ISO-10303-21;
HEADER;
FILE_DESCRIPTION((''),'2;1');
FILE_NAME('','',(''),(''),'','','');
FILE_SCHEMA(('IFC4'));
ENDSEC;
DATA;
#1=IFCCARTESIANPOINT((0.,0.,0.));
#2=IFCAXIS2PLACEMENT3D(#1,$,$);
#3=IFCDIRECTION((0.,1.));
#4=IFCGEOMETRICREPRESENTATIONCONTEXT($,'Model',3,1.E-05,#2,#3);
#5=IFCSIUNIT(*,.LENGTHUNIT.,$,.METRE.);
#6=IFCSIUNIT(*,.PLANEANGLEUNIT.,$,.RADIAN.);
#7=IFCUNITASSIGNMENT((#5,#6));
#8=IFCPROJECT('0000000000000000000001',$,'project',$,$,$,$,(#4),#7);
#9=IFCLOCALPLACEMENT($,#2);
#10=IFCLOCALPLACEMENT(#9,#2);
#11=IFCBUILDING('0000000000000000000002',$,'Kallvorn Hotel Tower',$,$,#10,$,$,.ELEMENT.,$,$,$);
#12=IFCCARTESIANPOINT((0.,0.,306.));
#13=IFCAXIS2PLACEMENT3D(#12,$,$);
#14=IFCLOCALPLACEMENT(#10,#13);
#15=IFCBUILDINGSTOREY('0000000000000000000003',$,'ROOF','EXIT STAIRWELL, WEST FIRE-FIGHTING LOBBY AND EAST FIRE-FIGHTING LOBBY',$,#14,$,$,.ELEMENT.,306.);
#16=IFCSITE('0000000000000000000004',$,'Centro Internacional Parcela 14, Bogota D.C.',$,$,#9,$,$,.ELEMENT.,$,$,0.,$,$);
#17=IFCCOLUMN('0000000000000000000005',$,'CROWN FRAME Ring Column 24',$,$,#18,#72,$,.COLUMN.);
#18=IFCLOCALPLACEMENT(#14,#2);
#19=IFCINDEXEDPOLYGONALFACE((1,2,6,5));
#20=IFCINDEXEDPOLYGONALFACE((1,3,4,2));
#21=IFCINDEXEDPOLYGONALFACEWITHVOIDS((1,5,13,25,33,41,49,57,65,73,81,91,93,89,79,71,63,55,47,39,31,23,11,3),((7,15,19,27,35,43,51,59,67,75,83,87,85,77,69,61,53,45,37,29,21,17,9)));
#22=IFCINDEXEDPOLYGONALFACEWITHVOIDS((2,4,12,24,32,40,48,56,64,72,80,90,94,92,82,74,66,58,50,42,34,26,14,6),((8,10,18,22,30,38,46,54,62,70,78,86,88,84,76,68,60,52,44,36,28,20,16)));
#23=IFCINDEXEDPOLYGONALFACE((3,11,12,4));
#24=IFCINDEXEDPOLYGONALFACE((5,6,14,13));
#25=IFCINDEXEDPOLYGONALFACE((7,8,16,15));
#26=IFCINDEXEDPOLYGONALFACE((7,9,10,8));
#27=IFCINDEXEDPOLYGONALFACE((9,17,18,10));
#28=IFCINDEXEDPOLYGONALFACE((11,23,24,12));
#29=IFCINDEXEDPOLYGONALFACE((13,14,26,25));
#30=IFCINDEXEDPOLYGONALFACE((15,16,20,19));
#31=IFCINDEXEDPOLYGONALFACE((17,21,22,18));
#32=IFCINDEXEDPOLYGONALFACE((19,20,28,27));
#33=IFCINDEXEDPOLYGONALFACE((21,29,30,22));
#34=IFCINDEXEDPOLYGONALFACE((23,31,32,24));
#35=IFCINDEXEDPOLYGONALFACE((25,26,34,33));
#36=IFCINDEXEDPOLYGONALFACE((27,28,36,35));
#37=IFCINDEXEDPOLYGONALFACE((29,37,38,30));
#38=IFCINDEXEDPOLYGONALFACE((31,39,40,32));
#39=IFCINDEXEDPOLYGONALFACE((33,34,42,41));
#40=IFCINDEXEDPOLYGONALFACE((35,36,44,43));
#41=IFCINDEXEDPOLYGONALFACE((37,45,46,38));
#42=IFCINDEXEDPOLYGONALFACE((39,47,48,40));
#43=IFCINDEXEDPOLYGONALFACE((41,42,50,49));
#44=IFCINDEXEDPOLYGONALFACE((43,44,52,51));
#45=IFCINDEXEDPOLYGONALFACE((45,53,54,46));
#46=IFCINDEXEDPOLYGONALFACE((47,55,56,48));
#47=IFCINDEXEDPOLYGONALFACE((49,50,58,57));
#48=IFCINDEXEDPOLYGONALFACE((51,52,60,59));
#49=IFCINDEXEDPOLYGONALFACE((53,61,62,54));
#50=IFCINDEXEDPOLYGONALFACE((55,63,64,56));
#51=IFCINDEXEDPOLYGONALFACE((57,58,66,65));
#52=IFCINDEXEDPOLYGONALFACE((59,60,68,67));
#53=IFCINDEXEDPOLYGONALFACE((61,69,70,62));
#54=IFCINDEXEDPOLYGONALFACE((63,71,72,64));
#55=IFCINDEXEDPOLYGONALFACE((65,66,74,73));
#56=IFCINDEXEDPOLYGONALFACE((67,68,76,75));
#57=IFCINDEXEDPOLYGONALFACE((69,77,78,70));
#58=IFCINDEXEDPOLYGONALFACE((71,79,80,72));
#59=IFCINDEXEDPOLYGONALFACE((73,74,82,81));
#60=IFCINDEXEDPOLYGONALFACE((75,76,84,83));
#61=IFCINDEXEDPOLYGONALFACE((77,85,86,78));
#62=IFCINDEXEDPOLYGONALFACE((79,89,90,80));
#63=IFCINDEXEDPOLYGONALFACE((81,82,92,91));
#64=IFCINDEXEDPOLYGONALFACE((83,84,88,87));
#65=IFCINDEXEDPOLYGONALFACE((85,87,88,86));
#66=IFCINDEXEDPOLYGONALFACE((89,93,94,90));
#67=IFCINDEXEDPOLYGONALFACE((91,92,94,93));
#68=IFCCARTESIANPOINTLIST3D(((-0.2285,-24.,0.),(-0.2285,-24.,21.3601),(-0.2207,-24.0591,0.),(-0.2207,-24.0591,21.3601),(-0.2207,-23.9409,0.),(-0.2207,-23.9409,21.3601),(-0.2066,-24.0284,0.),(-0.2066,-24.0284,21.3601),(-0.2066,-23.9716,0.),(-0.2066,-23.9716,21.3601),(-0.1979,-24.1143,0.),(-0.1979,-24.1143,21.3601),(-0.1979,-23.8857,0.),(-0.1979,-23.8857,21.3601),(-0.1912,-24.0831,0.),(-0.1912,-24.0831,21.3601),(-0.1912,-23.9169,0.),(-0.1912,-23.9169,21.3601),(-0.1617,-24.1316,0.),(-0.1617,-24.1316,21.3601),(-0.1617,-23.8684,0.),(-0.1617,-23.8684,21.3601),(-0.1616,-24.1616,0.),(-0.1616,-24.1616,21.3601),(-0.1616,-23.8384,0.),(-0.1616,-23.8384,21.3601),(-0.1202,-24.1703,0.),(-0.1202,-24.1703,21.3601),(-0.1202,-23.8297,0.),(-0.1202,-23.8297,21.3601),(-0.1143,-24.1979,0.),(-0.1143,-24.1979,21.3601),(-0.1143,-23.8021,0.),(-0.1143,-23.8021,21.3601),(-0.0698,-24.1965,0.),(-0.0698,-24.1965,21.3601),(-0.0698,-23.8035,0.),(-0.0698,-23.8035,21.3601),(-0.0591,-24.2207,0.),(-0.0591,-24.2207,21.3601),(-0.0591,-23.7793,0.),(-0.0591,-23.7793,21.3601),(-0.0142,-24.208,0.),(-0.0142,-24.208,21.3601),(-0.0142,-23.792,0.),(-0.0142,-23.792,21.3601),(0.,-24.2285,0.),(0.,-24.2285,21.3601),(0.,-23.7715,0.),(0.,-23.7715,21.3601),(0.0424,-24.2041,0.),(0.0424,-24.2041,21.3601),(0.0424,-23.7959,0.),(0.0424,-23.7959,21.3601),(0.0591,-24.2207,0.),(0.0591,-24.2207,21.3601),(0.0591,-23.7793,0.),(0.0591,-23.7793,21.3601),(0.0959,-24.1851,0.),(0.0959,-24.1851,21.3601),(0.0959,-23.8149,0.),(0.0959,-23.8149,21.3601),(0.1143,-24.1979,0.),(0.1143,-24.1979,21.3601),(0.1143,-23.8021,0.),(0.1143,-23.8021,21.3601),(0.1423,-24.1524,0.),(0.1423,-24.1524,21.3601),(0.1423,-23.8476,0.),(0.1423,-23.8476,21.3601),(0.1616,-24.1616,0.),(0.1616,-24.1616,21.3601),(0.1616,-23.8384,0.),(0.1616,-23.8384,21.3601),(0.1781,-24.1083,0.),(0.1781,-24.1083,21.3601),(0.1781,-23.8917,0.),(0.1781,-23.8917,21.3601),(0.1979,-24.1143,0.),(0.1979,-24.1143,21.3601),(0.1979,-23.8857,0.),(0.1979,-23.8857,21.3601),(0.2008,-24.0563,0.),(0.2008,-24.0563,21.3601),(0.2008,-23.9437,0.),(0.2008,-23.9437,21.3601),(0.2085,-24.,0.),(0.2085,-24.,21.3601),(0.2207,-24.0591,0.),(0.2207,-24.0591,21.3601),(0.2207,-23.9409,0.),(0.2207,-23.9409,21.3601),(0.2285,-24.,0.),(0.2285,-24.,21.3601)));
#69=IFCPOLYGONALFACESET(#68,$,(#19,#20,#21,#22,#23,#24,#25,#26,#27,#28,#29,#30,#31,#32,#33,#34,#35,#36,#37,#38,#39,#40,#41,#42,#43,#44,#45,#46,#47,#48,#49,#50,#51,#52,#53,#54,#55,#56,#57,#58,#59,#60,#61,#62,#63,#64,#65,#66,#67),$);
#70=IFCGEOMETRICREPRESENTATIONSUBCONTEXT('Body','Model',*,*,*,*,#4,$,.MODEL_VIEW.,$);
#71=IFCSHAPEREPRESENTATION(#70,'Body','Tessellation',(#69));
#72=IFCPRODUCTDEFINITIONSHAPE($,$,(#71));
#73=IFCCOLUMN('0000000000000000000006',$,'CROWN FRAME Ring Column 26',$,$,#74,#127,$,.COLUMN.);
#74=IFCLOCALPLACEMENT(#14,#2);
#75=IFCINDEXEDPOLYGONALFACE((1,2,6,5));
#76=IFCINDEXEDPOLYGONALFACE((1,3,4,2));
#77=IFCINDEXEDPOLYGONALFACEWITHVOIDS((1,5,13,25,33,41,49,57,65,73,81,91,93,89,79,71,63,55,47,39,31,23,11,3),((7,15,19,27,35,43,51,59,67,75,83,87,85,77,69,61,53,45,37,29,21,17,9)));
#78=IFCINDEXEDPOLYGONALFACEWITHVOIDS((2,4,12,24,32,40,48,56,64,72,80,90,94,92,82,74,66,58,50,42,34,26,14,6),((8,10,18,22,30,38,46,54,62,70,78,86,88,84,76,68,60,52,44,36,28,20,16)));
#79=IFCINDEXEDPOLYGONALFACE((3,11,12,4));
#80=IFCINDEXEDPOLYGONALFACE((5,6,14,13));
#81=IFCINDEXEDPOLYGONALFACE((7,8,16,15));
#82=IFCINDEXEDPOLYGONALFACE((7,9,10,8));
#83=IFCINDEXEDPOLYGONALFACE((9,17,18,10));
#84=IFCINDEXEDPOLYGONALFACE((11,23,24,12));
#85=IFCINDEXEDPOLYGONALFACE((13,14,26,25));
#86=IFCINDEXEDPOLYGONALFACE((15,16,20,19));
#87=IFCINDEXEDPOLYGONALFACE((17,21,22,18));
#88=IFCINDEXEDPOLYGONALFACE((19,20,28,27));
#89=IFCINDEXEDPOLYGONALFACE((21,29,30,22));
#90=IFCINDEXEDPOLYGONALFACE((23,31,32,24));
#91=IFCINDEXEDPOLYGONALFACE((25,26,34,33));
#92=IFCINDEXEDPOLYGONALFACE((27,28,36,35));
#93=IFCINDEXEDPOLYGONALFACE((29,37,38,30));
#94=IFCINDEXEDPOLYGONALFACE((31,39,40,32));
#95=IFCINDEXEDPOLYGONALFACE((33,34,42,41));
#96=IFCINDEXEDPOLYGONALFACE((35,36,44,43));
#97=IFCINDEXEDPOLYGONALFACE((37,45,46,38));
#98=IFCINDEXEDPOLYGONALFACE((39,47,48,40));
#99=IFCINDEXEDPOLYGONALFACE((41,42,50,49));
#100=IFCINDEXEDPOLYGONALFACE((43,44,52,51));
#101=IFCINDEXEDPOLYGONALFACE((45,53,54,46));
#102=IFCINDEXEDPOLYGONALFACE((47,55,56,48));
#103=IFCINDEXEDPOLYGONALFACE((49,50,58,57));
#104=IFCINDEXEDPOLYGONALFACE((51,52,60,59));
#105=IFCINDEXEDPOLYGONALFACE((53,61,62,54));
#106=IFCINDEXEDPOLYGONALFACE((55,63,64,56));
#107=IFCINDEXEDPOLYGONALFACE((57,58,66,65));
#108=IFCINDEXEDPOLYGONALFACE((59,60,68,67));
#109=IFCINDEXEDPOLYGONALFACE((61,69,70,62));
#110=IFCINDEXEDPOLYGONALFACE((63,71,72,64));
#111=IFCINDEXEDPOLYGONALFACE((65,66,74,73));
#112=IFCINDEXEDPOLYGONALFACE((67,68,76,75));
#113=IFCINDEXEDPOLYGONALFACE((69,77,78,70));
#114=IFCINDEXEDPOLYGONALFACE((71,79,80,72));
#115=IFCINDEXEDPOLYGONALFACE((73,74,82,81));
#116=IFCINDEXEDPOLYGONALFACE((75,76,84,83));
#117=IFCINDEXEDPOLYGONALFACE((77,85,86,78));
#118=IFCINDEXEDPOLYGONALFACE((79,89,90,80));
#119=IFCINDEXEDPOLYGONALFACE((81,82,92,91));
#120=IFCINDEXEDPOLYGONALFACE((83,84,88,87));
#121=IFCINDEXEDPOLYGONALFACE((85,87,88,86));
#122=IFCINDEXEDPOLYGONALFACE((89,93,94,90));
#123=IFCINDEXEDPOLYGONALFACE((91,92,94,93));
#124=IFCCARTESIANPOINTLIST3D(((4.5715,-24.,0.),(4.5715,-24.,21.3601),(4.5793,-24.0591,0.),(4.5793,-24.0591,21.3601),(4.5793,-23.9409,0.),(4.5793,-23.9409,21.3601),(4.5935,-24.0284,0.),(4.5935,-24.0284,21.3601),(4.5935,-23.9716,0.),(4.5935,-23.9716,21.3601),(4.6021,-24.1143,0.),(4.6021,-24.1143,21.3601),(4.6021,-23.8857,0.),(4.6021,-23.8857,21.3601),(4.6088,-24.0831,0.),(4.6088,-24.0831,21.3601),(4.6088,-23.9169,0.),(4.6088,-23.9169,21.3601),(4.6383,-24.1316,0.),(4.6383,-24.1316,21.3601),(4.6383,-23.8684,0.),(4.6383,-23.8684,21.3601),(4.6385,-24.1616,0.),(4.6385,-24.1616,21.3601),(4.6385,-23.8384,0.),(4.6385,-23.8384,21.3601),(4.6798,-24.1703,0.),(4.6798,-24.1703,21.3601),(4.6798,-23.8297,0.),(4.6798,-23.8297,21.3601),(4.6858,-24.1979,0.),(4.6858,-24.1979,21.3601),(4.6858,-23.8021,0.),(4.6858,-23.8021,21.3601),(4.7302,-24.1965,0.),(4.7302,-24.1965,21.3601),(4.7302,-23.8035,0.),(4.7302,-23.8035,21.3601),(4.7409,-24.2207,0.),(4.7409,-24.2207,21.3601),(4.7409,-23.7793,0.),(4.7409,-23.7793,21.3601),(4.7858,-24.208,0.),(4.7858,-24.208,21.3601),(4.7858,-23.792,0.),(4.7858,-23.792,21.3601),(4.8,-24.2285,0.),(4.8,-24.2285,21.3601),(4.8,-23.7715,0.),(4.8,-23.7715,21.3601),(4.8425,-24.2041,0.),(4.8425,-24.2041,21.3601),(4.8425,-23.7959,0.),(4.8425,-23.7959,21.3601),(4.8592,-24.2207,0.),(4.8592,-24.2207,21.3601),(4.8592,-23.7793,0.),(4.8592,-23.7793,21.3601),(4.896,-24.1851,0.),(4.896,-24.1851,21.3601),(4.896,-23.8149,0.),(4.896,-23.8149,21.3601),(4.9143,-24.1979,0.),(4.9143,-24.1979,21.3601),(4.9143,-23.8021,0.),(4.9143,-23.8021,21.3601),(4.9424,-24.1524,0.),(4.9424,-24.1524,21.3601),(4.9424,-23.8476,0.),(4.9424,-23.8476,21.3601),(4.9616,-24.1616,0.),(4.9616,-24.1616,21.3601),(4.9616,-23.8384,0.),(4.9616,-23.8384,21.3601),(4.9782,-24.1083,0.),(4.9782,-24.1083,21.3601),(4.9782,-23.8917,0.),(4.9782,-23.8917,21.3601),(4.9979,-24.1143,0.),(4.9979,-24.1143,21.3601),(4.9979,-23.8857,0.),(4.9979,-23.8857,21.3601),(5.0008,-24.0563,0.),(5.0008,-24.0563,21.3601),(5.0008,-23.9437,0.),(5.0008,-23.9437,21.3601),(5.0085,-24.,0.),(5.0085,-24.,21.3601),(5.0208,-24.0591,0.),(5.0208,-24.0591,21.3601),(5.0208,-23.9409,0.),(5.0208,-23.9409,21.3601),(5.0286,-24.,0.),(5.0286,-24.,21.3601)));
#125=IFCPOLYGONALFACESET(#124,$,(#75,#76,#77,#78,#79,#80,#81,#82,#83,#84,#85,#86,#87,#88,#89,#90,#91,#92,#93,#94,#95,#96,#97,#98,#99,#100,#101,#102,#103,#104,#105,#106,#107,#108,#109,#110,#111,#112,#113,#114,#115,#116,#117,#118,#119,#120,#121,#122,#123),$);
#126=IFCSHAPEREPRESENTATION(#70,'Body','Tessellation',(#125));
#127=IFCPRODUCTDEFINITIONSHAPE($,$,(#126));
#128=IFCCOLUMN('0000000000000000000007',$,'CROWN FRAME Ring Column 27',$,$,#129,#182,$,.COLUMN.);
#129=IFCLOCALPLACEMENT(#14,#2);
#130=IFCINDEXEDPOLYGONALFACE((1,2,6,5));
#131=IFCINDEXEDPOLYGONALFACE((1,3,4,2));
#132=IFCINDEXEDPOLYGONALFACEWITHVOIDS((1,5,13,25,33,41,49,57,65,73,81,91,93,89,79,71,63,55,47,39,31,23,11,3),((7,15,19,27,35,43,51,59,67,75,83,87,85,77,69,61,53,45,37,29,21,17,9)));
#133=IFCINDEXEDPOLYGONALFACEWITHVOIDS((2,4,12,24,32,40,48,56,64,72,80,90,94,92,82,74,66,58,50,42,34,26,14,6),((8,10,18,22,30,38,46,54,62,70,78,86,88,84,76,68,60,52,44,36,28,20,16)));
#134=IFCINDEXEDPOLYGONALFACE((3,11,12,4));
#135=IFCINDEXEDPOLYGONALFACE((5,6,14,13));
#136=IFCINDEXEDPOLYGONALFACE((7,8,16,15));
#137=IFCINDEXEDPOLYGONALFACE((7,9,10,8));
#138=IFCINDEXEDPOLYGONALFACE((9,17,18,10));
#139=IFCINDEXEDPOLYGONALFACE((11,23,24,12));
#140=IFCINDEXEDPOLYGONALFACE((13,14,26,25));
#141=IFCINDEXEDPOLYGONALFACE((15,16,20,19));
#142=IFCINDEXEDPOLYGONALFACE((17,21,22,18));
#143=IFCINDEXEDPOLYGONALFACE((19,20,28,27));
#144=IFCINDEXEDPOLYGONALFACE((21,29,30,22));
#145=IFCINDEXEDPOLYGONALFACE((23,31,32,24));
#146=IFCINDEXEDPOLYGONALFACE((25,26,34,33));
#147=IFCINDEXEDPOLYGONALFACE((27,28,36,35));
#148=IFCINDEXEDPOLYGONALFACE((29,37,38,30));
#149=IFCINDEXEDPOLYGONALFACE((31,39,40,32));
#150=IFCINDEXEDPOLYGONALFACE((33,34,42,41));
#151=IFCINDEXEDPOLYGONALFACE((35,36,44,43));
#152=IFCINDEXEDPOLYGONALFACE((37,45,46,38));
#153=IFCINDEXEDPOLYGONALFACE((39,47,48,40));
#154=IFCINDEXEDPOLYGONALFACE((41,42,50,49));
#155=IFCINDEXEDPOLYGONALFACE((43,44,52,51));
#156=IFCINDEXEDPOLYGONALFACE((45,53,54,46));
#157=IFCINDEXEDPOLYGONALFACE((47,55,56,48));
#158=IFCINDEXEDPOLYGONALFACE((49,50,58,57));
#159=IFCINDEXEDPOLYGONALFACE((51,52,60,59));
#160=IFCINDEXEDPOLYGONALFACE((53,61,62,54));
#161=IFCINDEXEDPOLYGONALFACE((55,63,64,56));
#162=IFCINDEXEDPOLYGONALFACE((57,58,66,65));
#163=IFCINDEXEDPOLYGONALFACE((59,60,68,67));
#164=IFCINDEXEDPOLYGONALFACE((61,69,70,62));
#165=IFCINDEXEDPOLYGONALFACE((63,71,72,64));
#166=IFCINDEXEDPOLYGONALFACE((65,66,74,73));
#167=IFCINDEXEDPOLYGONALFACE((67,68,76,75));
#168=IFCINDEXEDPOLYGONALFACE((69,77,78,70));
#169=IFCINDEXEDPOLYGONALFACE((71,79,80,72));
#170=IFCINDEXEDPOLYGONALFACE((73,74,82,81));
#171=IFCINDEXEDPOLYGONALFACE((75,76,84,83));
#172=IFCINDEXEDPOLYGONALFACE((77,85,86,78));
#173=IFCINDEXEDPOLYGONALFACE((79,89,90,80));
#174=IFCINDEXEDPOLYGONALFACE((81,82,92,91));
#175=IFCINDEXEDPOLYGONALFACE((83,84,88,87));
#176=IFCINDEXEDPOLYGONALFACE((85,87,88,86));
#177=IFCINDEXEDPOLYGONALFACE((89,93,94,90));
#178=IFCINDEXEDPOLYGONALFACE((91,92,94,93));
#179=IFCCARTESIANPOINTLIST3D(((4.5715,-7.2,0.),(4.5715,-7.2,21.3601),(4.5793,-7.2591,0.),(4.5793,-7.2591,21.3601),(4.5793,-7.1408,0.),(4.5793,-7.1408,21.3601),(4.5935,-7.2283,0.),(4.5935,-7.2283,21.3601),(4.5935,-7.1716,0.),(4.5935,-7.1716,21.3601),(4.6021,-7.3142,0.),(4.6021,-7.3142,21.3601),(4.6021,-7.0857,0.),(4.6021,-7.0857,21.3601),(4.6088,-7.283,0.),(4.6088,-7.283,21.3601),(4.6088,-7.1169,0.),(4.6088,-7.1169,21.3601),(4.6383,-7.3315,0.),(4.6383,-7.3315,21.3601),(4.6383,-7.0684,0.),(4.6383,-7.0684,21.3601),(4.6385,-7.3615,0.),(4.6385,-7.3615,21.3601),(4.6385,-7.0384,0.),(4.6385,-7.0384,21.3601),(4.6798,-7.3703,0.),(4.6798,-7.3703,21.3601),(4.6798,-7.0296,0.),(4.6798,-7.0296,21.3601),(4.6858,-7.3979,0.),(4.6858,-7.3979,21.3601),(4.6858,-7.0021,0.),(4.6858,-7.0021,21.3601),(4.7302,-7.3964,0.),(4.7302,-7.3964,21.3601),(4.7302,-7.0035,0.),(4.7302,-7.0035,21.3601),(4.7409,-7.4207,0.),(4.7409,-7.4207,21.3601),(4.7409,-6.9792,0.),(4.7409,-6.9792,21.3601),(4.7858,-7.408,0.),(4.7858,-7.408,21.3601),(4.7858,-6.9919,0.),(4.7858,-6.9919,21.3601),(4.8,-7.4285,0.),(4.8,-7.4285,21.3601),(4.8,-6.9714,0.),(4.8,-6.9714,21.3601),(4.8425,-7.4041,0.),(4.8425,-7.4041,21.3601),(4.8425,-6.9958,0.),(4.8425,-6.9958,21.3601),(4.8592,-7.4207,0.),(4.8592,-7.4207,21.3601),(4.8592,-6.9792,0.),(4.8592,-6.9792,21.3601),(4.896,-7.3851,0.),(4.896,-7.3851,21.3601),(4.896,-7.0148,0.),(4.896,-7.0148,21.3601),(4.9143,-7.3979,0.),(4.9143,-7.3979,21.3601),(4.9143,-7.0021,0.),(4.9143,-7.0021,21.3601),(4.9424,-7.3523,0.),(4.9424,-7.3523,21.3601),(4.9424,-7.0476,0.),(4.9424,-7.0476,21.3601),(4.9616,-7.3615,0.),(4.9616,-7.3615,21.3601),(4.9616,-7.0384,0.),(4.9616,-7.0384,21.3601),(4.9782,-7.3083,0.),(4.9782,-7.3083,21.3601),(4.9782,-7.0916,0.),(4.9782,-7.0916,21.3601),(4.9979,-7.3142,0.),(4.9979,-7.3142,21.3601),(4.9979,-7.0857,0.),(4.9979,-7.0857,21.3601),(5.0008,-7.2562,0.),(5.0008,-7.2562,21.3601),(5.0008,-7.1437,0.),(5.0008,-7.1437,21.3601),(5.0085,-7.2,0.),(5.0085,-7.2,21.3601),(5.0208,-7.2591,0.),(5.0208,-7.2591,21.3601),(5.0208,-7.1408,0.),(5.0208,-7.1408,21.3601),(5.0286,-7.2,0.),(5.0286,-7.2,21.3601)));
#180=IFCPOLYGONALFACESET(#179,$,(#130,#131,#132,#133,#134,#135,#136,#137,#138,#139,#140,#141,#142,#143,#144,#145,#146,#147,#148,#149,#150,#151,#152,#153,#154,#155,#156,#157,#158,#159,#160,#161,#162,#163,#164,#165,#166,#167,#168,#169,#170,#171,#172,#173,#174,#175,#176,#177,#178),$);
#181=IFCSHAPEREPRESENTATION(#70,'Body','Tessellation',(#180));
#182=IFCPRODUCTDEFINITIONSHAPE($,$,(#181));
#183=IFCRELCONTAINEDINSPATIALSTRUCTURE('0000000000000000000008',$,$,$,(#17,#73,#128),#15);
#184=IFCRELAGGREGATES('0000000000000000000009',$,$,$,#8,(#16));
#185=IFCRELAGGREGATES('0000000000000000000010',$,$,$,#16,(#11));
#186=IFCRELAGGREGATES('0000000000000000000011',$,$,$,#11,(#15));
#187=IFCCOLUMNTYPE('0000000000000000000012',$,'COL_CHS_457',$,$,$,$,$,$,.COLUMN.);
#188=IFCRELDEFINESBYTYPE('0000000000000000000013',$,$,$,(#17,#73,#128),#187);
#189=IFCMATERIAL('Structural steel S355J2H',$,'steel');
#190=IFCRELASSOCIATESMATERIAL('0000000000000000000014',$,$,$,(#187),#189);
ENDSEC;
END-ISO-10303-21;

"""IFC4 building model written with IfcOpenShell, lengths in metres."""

from ifc_helpers import new_model, si_unit, direction, frame, origin, origin_2d, place, context, subcontext, project, spatial, hollow_circle, extrude, material, material_profile, profile_set, type_object, element, save


model = new_model("IFC4")

# Units and contexts
model_context = context("Model", 3, precision=1e-05, world=origin(), true_north=direction((0.0, 1.0)))
body_context = subcontext(model_context, "Body", "Model", "MODEL_VIEW")
ifc_project = project(units=[si_unit("LENGTHUNIT", "METRE"), si_unit("PLANEANGLEUNIT", "RADIAN")], contexts=[model_context])

# Site, building, storey
site_placement = place(None, origin())
site = spatial("IfcSite", under=ifc_project, at=site_placement, Name="Centro Internacional Parcela 14, Bogota D.C.", CompositionType="ELEMENT", RefElevation=0.0)
building_placement = place(site_placement, origin())
building = spatial("IfcBuilding", under=site, at=building_placement, Name="Kallvorn Hotel Tower", CompositionType="ELEMENT")
storey_placement = place(building_placement, frame((0.0, 0.0, 306.0)))
storey = spatial("IfcBuildingStorey", under=building, at=storey_placement, Name="ROOF", Description="EXIT STAIRWELL, WEST FIRE-FIGHTING LOBBY AND EAST FIRE-FIGHTING LOBBY", CompositionType="ELEMENT", Elevation=306.0)

# Columns
ifc_material_1 = material(Name="Structural steel S355J2H", Category="steel")
ifc_material_profile_1 = material_profile(ifc_material_1, hollow_circle(Radius=0.2285, WallThickness=0.02, at=origin_2d()), Name="CHS 457x20")
ifc_profile_set_1 = profile_set([ifc_material_profile_1], Name="Structural steel S355J2H")
column_type = type_object("IfcColumnType", Name="COL_CHS_457", PredefinedType="COLUMN", material=ifc_profile_set_1)
for number, where, z_axis, x_axis, name in (
    (1, (0.0, -24.0, 0.0), (0.0, 0.0, 1.0), (1.0, 0.0, 0.0), "CROWN FRAME Ring Column 24"),
    (2, (4.8, -24.0, 0.0), (0.0, 0.0, 1.0), (1.0, 0.0, 0.0), "CROWN FRAME Ring Column 26"),
    (3, (4.8, -7.2, 0.0), (0.0, 0.0, 1.0), (1.0, 0.0, 0.0), "CROWN FRAME Ring Column 27"),
):
    element("IfcColumn", number, at=place(storey_placement, frame(where, z_axis=z_axis, x_axis=x_axis)), inside=storey, type_object=column_type, Name=name, PredefinedType="COLUMN", context=body_context, shape_type="SweptSolid", body=[
        extrude(hollow_circle(Radius=0.2285, WallThickness=0.02, at=origin_2d()), origin(), (0.0, 0.0, 1.0), 21.3601),
    ])

save(model, "model.ifc")
